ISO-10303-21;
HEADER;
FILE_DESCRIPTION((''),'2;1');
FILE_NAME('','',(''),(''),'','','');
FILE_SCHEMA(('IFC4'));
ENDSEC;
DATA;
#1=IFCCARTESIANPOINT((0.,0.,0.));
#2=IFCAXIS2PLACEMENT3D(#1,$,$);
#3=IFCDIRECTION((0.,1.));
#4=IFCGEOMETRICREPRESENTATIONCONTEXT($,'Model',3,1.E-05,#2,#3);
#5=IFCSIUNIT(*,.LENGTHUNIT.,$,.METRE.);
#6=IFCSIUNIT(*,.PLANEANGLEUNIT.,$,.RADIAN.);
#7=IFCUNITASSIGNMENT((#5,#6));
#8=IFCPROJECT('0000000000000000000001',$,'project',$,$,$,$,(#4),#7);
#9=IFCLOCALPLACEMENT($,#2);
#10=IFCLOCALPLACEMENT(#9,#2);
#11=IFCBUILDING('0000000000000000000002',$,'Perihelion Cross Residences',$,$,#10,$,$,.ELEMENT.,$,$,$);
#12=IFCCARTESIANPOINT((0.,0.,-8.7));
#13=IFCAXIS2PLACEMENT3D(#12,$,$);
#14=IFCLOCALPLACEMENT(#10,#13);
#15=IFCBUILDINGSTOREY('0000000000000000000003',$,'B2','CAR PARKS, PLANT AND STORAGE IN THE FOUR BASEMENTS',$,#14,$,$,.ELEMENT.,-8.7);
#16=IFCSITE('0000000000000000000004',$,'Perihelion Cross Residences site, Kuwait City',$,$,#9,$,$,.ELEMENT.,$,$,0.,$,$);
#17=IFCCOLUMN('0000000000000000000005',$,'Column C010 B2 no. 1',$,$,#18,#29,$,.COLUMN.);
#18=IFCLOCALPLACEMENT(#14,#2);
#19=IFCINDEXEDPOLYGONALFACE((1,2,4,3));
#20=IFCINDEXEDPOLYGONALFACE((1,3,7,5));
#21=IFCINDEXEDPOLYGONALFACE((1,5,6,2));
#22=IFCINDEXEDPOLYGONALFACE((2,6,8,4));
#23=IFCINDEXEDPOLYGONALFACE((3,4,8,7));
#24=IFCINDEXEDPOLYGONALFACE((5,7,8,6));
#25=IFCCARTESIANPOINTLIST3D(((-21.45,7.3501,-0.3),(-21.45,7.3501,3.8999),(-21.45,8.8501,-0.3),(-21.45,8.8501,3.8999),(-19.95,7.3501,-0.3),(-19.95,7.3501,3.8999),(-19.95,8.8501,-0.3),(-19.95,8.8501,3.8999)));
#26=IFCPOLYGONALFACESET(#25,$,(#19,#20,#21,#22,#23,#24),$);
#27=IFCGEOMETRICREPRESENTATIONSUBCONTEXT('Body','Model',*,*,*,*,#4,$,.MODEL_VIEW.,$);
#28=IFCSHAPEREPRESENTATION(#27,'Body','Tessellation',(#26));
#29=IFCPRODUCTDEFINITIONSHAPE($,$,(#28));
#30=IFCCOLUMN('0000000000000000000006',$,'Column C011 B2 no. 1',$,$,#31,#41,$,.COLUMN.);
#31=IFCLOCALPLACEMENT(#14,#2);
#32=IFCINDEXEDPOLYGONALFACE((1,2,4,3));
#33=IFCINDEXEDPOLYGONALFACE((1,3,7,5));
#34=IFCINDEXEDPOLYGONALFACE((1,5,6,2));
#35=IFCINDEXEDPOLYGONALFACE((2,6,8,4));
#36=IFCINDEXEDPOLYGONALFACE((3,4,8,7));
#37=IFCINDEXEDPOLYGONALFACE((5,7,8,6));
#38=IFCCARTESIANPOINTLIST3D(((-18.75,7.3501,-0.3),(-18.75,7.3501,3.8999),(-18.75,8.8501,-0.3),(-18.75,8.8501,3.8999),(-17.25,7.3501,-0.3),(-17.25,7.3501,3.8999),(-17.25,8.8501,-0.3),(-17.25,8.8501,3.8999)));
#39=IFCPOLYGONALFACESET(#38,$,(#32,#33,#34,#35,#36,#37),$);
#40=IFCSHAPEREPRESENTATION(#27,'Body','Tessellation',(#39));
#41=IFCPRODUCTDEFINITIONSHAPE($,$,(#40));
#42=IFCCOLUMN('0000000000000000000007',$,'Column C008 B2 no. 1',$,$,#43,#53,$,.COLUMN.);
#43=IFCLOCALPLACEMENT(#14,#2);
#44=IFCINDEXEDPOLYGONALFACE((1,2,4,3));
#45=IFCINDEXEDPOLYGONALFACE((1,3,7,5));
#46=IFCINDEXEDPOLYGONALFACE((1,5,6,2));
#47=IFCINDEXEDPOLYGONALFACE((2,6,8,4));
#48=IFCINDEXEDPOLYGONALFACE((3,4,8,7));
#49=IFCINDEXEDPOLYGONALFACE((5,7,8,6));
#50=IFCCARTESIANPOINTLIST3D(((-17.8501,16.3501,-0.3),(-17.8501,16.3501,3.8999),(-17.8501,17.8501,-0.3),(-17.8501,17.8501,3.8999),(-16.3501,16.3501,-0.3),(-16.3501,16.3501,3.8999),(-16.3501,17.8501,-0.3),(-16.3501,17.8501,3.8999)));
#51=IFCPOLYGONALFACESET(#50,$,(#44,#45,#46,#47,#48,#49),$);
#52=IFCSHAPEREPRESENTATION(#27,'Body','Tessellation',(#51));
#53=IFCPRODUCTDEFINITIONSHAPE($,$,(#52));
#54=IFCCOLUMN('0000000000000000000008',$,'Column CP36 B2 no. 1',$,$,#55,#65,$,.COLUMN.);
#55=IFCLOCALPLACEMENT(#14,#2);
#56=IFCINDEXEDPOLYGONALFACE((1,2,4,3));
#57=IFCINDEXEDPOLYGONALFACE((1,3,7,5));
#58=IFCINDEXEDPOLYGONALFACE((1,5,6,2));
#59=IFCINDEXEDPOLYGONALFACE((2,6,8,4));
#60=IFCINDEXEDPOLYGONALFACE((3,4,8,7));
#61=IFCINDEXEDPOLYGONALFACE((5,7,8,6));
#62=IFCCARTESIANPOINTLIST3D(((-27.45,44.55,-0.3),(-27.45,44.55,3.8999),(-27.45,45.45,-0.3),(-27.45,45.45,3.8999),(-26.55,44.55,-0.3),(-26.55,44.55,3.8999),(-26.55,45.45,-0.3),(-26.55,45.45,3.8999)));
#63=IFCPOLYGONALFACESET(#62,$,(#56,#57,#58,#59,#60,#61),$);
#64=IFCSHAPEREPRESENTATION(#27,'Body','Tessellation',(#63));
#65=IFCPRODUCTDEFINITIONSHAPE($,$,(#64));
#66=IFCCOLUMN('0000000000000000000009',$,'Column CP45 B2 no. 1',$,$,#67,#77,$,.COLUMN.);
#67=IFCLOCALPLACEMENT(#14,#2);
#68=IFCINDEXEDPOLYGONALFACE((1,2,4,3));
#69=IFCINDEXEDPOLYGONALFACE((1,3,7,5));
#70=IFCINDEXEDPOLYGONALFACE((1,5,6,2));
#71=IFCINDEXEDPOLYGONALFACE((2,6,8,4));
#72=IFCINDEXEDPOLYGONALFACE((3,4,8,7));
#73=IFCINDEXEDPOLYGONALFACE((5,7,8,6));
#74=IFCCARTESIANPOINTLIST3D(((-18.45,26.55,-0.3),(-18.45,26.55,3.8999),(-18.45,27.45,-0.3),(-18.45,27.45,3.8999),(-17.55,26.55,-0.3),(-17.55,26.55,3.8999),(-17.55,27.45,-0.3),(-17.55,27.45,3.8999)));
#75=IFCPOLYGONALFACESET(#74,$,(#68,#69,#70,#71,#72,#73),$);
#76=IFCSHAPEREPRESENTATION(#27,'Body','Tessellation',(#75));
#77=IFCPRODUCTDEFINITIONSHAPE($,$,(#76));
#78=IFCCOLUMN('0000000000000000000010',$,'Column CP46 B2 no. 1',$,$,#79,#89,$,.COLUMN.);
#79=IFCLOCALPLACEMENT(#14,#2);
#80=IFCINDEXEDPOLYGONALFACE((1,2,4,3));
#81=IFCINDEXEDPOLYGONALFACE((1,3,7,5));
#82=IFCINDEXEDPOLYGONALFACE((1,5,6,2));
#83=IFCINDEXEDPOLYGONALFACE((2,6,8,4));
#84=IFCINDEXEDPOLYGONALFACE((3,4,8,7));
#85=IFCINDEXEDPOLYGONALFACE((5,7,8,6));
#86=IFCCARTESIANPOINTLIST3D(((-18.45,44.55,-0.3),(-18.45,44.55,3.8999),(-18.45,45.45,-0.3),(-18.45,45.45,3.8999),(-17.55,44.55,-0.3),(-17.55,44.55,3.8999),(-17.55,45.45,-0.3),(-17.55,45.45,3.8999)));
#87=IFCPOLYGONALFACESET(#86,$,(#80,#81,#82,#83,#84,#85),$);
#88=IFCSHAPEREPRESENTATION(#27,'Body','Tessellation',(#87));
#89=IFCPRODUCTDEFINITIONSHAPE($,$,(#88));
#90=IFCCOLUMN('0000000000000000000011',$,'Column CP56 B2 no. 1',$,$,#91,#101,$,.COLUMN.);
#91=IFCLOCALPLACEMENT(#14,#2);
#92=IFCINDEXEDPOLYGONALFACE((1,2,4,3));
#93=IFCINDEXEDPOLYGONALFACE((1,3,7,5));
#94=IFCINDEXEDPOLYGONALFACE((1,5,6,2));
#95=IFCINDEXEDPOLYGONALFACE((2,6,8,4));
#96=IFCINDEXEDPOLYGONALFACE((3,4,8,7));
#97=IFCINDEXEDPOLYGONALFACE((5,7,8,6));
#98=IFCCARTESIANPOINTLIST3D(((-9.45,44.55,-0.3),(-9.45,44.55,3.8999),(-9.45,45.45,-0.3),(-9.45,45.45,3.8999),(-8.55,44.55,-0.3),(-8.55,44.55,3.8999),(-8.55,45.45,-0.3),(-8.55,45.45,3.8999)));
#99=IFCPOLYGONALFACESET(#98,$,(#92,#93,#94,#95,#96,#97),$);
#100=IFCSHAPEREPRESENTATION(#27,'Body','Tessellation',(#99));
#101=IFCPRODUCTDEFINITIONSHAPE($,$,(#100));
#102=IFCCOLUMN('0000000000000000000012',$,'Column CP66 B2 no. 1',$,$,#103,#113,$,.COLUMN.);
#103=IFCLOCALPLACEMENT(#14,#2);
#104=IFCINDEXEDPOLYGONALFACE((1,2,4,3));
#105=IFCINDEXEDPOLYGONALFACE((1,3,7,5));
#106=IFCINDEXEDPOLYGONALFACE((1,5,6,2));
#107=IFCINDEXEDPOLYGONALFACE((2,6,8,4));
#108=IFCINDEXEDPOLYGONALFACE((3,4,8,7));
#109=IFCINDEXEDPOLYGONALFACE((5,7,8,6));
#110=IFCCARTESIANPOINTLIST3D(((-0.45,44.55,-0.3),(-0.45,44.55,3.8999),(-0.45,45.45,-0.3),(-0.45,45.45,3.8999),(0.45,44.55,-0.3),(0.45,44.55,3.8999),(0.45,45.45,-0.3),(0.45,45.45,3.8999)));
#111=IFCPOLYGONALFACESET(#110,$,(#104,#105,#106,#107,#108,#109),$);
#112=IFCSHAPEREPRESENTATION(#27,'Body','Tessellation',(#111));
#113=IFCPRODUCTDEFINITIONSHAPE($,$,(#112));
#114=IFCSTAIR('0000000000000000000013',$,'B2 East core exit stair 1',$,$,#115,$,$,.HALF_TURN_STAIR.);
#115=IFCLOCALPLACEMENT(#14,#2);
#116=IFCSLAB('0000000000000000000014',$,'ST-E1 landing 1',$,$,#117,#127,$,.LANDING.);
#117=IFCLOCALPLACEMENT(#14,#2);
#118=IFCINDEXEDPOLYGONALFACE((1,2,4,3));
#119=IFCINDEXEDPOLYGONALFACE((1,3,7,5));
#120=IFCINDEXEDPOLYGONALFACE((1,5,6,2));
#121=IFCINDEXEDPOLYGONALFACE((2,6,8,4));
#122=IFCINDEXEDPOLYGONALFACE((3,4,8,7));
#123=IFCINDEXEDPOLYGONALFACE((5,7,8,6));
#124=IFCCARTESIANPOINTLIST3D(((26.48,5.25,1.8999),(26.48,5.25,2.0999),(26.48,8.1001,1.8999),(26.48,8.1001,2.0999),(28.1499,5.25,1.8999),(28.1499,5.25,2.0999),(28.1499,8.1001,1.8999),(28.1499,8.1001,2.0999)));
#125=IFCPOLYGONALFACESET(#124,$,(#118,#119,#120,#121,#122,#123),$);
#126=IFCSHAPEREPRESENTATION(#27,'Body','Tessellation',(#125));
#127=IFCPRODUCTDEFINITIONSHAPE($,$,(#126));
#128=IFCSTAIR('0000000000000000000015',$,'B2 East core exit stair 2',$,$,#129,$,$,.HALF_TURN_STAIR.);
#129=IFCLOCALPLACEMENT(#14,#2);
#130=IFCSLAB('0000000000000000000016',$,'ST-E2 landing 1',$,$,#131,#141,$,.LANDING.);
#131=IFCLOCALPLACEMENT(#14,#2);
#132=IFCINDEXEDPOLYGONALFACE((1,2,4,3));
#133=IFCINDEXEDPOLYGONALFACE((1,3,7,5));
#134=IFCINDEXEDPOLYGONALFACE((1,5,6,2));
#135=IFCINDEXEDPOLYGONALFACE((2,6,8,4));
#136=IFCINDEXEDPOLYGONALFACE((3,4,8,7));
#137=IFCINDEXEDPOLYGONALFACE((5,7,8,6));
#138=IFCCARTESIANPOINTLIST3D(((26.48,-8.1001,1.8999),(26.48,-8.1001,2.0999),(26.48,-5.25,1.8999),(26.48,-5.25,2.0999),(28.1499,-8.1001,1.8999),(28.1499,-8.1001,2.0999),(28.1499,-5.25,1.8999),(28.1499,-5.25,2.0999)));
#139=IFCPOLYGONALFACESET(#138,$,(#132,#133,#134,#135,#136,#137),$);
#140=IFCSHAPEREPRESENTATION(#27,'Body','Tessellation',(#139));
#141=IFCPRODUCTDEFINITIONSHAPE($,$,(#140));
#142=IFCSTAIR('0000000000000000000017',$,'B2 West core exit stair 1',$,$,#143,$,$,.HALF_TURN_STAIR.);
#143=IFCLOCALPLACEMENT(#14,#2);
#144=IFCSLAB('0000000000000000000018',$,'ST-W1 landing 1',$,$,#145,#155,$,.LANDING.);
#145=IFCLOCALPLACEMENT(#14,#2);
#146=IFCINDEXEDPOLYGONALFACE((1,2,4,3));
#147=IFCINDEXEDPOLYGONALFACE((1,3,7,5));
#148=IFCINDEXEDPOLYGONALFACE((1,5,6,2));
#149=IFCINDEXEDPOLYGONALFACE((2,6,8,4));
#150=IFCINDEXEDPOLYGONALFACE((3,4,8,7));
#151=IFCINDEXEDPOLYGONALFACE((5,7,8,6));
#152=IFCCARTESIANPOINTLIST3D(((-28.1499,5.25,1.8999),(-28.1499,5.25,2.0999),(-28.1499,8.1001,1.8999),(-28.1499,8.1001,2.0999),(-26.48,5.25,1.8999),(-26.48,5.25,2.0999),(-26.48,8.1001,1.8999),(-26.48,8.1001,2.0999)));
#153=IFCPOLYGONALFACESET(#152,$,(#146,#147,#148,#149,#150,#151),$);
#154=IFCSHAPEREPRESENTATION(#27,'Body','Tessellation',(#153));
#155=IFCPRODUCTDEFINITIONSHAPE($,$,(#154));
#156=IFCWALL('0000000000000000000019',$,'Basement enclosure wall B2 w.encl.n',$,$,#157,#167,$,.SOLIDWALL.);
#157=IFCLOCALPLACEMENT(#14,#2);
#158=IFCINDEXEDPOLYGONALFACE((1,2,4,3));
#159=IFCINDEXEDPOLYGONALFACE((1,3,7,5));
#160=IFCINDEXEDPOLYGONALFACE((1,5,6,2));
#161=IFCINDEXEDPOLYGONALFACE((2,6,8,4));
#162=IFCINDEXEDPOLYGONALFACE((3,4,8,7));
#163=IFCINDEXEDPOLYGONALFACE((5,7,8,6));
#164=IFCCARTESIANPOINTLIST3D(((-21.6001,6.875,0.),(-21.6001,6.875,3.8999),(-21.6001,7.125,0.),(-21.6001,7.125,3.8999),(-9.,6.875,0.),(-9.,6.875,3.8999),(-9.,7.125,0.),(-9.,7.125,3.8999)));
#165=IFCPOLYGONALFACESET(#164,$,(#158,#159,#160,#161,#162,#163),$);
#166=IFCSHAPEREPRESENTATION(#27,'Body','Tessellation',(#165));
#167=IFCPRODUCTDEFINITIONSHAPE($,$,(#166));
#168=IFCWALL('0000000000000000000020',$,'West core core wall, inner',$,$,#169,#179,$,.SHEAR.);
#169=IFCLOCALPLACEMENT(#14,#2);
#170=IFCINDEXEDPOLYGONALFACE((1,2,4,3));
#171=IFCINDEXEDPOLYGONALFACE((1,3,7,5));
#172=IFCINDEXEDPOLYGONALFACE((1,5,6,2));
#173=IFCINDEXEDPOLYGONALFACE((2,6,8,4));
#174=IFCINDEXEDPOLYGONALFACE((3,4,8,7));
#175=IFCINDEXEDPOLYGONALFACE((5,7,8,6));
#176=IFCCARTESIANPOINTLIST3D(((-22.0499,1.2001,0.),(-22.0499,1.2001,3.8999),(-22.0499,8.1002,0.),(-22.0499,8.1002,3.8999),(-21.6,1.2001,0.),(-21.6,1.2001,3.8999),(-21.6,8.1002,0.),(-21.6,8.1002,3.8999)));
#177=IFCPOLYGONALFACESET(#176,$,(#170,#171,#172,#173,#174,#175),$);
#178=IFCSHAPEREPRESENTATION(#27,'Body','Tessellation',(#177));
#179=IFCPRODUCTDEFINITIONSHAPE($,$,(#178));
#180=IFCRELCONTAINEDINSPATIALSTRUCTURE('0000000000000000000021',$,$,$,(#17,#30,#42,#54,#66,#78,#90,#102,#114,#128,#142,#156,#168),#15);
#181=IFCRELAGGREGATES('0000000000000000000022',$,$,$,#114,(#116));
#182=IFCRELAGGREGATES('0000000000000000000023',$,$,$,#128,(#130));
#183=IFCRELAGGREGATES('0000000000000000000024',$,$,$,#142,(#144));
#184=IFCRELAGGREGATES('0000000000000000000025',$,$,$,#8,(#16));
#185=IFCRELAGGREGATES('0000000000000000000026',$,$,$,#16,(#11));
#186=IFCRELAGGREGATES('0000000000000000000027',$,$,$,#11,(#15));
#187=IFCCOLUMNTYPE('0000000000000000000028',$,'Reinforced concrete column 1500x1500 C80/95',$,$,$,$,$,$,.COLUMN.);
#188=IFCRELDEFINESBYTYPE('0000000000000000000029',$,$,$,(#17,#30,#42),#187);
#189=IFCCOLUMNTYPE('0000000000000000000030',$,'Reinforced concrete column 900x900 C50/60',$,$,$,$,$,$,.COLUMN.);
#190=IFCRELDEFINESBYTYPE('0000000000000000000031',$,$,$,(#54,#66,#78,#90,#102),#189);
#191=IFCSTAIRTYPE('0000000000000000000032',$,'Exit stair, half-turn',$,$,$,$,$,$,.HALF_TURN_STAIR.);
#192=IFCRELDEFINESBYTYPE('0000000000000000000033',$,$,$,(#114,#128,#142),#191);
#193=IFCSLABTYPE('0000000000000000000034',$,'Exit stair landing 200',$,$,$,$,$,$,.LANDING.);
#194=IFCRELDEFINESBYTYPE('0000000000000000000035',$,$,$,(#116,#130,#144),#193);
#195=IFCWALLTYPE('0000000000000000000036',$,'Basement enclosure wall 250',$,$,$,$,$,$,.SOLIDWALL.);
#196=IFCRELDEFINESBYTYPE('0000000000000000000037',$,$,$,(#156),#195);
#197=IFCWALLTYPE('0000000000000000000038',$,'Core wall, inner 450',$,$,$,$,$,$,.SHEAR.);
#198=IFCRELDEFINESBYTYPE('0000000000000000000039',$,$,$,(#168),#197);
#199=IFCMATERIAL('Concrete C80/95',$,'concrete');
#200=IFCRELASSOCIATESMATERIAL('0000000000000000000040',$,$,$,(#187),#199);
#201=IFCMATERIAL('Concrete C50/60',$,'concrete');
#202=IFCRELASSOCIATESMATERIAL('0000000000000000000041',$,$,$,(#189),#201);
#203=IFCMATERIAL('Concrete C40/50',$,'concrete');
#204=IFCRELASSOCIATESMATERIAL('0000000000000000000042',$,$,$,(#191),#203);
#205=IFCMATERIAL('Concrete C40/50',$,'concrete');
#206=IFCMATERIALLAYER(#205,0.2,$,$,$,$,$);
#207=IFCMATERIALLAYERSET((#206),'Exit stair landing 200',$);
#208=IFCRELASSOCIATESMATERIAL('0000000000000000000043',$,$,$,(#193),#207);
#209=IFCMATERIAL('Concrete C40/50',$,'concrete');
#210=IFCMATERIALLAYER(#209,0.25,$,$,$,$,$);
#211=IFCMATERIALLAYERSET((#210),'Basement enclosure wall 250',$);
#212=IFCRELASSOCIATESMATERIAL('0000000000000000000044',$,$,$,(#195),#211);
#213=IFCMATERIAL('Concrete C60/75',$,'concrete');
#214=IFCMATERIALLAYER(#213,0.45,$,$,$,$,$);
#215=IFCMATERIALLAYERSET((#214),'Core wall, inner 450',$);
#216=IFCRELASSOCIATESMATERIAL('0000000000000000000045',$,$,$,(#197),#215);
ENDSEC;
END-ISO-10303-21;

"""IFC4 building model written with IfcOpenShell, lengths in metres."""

from ifc_helpers import new_model, si_unit, direction, frame, frame_2d, origin, origin_2d, place, context, subcontext, project, spatial, polyline, rectangle, outline, extrude, material, layer, layer_set, material_profile, profile_set, type_object, element, aggregate, save


model = new_model("IFC4")

# Units and contexts
model_context = context("Model", 3, precision=1e-05, world=origin(), true_north=direction((0.0, 1.0)))
body_context = subcontext(model_context, "Body", "Model", "MODEL_VIEW")
ifc_project = project(units=[si_unit("LENGTHUNIT", "METRE"), si_unit("PLANEANGLEUNIT", "RADIAN")], contexts=[model_context])

# Site, building, storey
site_placement = place(None, origin())
site = spatial("IfcSite", under=ifc_project, at=site_placement, Name="Perihelion Cross Residences site, Kuwait City", CompositionType="ELEMENT", RefElevation=0.0)
building_placement = place(site_placement, origin())
building = spatial("IfcBuilding", under=site, at=building_placement, Name="Perihelion Cross Residences", CompositionType="ELEMENT")
storey_placement = place(building_placement, frame((0.0, 0.0, -8.7)))
storey = spatial("IfcBuildingStorey", under=building, at=storey_placement, Name="B2", Description="CAR PARKS, PLANT AND STORAGE IN THE FOUR BASEMENTS", CompositionType="ELEMENT", Elevation=-8.7)

# Columns
ifc_material_1 = material(Name="Concrete C80/95", Category="concrete")
ifc_material_profile_1 = material_profile(ifc_material_1, rectangle(XDim=1.5, YDim=1.5, at=origin_2d()), Name="RC 1500x1500")
ifc_profile_set_1 = profile_set([ifc_material_profile_1], Name="Concrete C80/95")
column_type_1 = type_object("IfcColumnType", Name="Reinforced concrete column 1500x1500 C80/95", PredefinedType="COLUMN", material=ifc_profile_set_1)
for number, where, z_axis, x_axis, name in (
    (1, (-20.7, 8.1001, -0.3), (0.0, 0.0, 1.0), (1.0, 0.0, 0.0), "Column C010 B2 no. 1"),
    (2, (-18.0, 8.1001, -0.3), (0.0, 0.0, 1.0), (1.0, 0.0, 0.0), "Column C011 B2 no. 1"),
    (3, (-17.1001, 17.1001, -0.3), (0.0, 0.0, 1.0), (1.0, 0.0, 0.0), "Column C008 B2 no. 1"),
):
    element("IfcColumn", number, at=place(storey_placement, frame(where, z_axis=z_axis, x_axis=x_axis)), inside=storey, type_object=column_type_1, Name=name, PredefinedType="COLUMN", context=body_context, shape_type="SweptSolid", body=[
        extrude(rectangle(XDim=1.5, YDim=1.5, at=origin_2d()), origin(), (0.0, 0.0, 1.0), 4.2),
    ])
ifc_material_2 = material(Name="Concrete C50/60", Category="concrete")
ifc_material_profile_2 = material_profile(ifc_material_2, rectangle(XDim=0.8999, YDim=0.8999, at=origin_2d()), Name="RC 900x900")
ifc_profile_set_2 = profile_set([ifc_material_profile_2], Name="Concrete C50/60")
column_type_2 = type_object("IfcColumnType", Name="Reinforced concrete column 900x900 C50/60", PredefinedType="COLUMN", material=ifc_profile_set_2)
for number, where, z_axis, x_axis, name in (
    (4, (-27.0, 45.0, -0.3), (0.0, 0.0, 1.0), (1.0, 0.0, 0.0), "Column CP36 B2 no. 1"),
    (5, (-18.0, 27.0, -0.3), (0.0, 0.0, 1.0), (1.0, 0.0, 0.0), "Column CP45 B2 no. 1"),
    (6, (-18.0, 45.0, -0.3), (0.0, 0.0, 1.0), (1.0, 0.0, 0.0), "Column CP46 B2 no. 1"),
    (7, (-9.0, 45.0, -0.3), (0.0, 0.0, 1.0), (1.0, 0.0, 0.0), "Column CP56 B2 no. 1"),
    (8, (0.0, 45.0, -0.3), (0.0, 0.0, 1.0), (1.0, 0.0, 0.0), "Column CP66 B2 no. 1"),
):
    element("IfcColumn", number, at=place(storey_placement, frame(where, z_axis=z_axis, x_axis=x_axis)), inside=storey, type_object=column_type_2, Name=name, PredefinedType="COLUMN", context=body_context, shape_type="SweptSolid", body=[
        extrude(rectangle(XDim=0.8999, YDim=0.8999, at=origin_2d()), origin(), (0.0, 0.0, 1.0), 4.2),
    ])

# Stairs, slabs
ifc_material_3 = material(Name="Concrete C40/50", Category="concrete")
stair_type = type_object("IfcStairType", Name="Exit stair, half-turn", PredefinedType="HALF_TURN_STAIR", material=ifc_material_3)
stair_1_placement = place(storey_placement, origin())
stair_1 = element("IfcStair", 9, at=stair_1_placement, inside=storey, type_object=stair_type, Name="B2 East core exit stair 1", PredefinedType="HALF_TURN_STAIR")
ifc_material_4 = material(Name="Concrete C40/50", Category="concrete")
ifc_layer_1 = layer(ifc_material_4, 0.2)
ifc_layer_set_1 = layer_set([ifc_layer_1], Name="Exit stair landing 200")
slab_type = type_object("IfcSlabType", Name="Exit stair landing 200", PredefinedType="LANDING", material=ifc_layer_set_1)
slab_1_placement = place(storey_placement, frame((0.0, 0.0, 1.8999)))
slab_1 = element("IfcSlab", 10, at=slab_1_placement, type_object=slab_type, Name="ST-E1 landing 1", PredefinedType="LANDING", context=body_context, shape_type="SweptSolid", body=[
    extrude(outline(polyline([(26.48, 5.25), (28.1499, 5.25), (28.1499, 8.1001), (26.48, 8.1001), (26.48, 5.25)])), origin(), (0.0, 0.0, 1.0), 0.2),
])
aggregate(stair_1, [slab_1])
stair_2_placement = place(storey_placement, origin())
stair_2 = element("IfcStair", 11, at=stair_2_placement, inside=storey, type_object=stair_type, Name="B2 East core exit stair 2", PredefinedType="HALF_TURN_STAIR")
slab_2_placement = place(storey_placement, frame((0.0, 0.0, 1.8999)))
slab_2 = element("IfcSlab", 12, at=slab_2_placement, type_object=slab_type, Name="ST-E2 landing 1", PredefinedType="LANDING", context=body_context, shape_type="SweptSolid", body=[
    extrude(outline(polyline([(26.48, -8.1001), (28.1499, -8.1001), (28.1499, -5.25), (26.48, -5.25), (26.48, -8.1001)])), origin(), (0.0, 0.0, 1.0), 0.2),
])
aggregate(stair_2, [slab_2])
stair_3_placement = place(storey_placement, origin())
stair_3 = element("IfcStair", 13, at=stair_3_placement, inside=storey, type_object=stair_type, Name="B2 West core exit stair 1", PredefinedType="HALF_TURN_STAIR")
slab_3_placement = place(storey_placement, frame((0.0, 0.0, 1.8999)))
slab_3 = element("IfcSlab", 14, at=slab_3_placement, type_object=slab_type, Name="ST-W1 landing 1", PredefinedType="LANDING", context=body_context, shape_type="SweptSolid", body=[
    extrude(outline(polyline([(-26.48, 8.1001), (-28.1499, 8.1001), (-28.1499, 5.25), (-26.48, 5.25), (-26.48, 8.1001)])), origin(), (0.0, 0.0, 1.0), 0.2),
])

# Walls
ifc_material_5 = material(Name="Concrete C40/50", Category="concrete")
ifc_layer_2 = layer(ifc_material_5, 0.25)
ifc_layer_set_2 = layer_set([ifc_layer_2], Name="Basement enclosure wall 250")
wall_type_1 = type_object("IfcWallType", Name="Basement enclosure wall 250", PredefinedType="SOLIDWALL", material=ifc_layer_set_2)
wall_1_placement = place(storey_placement, frame((-9.0, 7.0, 0.0), z_axis=(0.0, 0.0, 1.0), x_axis=(-1.0, 0.0, 0.0)))
element("IfcWall", 15, at=wall_1_placement, inside=storey, type_object=wall_type_1, Name="Basement enclosure wall B2 w.encl.n", PredefinedType="SOLIDWALL", context=body_context, shape_type="SweptSolid", body=[
    extrude(rectangle(XDim=12.6001, YDim=0.25, at=frame_2d((6.3, 0.0))), origin(), (0.0, 0.0, 1.0), 3.8999),
])
ifc_material_6 = material(Name="Concrete C60/75", Category="concrete")
ifc_layer_3 = layer(ifc_material_6, 0.45)
ifc_layer_set_3 = layer_set([ifc_layer_3], Name="Core wall, inner 450")
wall_type_2 = type_object("IfcWallType", Name="Core wall, inner 450", PredefinedType="SHEAR", material=ifc_layer_set_3)
wall_2_placement = place(storey_placement, frame((-21.825, 1.2, 0.0), z_axis=(0.0, 0.0, 1.0), x_axis=(0.0, 1.0, 0.0)))
element("IfcWall", 16, at=wall_2_placement, inside=storey, type_object=wall_type_2, Name="West core core wall, inner", PredefinedType="SHEAR", context=body_context, shape_type="SweptSolid", body=[
    extrude(rectangle(XDim=6.9001, YDim=0.45, at=frame_2d((3.4502, 0.0))), origin(), (0.0, 0.0, 1.0), 3.8999),
])

aggregate(stair_3, [slab_3])

save(model, "model.ifc")
